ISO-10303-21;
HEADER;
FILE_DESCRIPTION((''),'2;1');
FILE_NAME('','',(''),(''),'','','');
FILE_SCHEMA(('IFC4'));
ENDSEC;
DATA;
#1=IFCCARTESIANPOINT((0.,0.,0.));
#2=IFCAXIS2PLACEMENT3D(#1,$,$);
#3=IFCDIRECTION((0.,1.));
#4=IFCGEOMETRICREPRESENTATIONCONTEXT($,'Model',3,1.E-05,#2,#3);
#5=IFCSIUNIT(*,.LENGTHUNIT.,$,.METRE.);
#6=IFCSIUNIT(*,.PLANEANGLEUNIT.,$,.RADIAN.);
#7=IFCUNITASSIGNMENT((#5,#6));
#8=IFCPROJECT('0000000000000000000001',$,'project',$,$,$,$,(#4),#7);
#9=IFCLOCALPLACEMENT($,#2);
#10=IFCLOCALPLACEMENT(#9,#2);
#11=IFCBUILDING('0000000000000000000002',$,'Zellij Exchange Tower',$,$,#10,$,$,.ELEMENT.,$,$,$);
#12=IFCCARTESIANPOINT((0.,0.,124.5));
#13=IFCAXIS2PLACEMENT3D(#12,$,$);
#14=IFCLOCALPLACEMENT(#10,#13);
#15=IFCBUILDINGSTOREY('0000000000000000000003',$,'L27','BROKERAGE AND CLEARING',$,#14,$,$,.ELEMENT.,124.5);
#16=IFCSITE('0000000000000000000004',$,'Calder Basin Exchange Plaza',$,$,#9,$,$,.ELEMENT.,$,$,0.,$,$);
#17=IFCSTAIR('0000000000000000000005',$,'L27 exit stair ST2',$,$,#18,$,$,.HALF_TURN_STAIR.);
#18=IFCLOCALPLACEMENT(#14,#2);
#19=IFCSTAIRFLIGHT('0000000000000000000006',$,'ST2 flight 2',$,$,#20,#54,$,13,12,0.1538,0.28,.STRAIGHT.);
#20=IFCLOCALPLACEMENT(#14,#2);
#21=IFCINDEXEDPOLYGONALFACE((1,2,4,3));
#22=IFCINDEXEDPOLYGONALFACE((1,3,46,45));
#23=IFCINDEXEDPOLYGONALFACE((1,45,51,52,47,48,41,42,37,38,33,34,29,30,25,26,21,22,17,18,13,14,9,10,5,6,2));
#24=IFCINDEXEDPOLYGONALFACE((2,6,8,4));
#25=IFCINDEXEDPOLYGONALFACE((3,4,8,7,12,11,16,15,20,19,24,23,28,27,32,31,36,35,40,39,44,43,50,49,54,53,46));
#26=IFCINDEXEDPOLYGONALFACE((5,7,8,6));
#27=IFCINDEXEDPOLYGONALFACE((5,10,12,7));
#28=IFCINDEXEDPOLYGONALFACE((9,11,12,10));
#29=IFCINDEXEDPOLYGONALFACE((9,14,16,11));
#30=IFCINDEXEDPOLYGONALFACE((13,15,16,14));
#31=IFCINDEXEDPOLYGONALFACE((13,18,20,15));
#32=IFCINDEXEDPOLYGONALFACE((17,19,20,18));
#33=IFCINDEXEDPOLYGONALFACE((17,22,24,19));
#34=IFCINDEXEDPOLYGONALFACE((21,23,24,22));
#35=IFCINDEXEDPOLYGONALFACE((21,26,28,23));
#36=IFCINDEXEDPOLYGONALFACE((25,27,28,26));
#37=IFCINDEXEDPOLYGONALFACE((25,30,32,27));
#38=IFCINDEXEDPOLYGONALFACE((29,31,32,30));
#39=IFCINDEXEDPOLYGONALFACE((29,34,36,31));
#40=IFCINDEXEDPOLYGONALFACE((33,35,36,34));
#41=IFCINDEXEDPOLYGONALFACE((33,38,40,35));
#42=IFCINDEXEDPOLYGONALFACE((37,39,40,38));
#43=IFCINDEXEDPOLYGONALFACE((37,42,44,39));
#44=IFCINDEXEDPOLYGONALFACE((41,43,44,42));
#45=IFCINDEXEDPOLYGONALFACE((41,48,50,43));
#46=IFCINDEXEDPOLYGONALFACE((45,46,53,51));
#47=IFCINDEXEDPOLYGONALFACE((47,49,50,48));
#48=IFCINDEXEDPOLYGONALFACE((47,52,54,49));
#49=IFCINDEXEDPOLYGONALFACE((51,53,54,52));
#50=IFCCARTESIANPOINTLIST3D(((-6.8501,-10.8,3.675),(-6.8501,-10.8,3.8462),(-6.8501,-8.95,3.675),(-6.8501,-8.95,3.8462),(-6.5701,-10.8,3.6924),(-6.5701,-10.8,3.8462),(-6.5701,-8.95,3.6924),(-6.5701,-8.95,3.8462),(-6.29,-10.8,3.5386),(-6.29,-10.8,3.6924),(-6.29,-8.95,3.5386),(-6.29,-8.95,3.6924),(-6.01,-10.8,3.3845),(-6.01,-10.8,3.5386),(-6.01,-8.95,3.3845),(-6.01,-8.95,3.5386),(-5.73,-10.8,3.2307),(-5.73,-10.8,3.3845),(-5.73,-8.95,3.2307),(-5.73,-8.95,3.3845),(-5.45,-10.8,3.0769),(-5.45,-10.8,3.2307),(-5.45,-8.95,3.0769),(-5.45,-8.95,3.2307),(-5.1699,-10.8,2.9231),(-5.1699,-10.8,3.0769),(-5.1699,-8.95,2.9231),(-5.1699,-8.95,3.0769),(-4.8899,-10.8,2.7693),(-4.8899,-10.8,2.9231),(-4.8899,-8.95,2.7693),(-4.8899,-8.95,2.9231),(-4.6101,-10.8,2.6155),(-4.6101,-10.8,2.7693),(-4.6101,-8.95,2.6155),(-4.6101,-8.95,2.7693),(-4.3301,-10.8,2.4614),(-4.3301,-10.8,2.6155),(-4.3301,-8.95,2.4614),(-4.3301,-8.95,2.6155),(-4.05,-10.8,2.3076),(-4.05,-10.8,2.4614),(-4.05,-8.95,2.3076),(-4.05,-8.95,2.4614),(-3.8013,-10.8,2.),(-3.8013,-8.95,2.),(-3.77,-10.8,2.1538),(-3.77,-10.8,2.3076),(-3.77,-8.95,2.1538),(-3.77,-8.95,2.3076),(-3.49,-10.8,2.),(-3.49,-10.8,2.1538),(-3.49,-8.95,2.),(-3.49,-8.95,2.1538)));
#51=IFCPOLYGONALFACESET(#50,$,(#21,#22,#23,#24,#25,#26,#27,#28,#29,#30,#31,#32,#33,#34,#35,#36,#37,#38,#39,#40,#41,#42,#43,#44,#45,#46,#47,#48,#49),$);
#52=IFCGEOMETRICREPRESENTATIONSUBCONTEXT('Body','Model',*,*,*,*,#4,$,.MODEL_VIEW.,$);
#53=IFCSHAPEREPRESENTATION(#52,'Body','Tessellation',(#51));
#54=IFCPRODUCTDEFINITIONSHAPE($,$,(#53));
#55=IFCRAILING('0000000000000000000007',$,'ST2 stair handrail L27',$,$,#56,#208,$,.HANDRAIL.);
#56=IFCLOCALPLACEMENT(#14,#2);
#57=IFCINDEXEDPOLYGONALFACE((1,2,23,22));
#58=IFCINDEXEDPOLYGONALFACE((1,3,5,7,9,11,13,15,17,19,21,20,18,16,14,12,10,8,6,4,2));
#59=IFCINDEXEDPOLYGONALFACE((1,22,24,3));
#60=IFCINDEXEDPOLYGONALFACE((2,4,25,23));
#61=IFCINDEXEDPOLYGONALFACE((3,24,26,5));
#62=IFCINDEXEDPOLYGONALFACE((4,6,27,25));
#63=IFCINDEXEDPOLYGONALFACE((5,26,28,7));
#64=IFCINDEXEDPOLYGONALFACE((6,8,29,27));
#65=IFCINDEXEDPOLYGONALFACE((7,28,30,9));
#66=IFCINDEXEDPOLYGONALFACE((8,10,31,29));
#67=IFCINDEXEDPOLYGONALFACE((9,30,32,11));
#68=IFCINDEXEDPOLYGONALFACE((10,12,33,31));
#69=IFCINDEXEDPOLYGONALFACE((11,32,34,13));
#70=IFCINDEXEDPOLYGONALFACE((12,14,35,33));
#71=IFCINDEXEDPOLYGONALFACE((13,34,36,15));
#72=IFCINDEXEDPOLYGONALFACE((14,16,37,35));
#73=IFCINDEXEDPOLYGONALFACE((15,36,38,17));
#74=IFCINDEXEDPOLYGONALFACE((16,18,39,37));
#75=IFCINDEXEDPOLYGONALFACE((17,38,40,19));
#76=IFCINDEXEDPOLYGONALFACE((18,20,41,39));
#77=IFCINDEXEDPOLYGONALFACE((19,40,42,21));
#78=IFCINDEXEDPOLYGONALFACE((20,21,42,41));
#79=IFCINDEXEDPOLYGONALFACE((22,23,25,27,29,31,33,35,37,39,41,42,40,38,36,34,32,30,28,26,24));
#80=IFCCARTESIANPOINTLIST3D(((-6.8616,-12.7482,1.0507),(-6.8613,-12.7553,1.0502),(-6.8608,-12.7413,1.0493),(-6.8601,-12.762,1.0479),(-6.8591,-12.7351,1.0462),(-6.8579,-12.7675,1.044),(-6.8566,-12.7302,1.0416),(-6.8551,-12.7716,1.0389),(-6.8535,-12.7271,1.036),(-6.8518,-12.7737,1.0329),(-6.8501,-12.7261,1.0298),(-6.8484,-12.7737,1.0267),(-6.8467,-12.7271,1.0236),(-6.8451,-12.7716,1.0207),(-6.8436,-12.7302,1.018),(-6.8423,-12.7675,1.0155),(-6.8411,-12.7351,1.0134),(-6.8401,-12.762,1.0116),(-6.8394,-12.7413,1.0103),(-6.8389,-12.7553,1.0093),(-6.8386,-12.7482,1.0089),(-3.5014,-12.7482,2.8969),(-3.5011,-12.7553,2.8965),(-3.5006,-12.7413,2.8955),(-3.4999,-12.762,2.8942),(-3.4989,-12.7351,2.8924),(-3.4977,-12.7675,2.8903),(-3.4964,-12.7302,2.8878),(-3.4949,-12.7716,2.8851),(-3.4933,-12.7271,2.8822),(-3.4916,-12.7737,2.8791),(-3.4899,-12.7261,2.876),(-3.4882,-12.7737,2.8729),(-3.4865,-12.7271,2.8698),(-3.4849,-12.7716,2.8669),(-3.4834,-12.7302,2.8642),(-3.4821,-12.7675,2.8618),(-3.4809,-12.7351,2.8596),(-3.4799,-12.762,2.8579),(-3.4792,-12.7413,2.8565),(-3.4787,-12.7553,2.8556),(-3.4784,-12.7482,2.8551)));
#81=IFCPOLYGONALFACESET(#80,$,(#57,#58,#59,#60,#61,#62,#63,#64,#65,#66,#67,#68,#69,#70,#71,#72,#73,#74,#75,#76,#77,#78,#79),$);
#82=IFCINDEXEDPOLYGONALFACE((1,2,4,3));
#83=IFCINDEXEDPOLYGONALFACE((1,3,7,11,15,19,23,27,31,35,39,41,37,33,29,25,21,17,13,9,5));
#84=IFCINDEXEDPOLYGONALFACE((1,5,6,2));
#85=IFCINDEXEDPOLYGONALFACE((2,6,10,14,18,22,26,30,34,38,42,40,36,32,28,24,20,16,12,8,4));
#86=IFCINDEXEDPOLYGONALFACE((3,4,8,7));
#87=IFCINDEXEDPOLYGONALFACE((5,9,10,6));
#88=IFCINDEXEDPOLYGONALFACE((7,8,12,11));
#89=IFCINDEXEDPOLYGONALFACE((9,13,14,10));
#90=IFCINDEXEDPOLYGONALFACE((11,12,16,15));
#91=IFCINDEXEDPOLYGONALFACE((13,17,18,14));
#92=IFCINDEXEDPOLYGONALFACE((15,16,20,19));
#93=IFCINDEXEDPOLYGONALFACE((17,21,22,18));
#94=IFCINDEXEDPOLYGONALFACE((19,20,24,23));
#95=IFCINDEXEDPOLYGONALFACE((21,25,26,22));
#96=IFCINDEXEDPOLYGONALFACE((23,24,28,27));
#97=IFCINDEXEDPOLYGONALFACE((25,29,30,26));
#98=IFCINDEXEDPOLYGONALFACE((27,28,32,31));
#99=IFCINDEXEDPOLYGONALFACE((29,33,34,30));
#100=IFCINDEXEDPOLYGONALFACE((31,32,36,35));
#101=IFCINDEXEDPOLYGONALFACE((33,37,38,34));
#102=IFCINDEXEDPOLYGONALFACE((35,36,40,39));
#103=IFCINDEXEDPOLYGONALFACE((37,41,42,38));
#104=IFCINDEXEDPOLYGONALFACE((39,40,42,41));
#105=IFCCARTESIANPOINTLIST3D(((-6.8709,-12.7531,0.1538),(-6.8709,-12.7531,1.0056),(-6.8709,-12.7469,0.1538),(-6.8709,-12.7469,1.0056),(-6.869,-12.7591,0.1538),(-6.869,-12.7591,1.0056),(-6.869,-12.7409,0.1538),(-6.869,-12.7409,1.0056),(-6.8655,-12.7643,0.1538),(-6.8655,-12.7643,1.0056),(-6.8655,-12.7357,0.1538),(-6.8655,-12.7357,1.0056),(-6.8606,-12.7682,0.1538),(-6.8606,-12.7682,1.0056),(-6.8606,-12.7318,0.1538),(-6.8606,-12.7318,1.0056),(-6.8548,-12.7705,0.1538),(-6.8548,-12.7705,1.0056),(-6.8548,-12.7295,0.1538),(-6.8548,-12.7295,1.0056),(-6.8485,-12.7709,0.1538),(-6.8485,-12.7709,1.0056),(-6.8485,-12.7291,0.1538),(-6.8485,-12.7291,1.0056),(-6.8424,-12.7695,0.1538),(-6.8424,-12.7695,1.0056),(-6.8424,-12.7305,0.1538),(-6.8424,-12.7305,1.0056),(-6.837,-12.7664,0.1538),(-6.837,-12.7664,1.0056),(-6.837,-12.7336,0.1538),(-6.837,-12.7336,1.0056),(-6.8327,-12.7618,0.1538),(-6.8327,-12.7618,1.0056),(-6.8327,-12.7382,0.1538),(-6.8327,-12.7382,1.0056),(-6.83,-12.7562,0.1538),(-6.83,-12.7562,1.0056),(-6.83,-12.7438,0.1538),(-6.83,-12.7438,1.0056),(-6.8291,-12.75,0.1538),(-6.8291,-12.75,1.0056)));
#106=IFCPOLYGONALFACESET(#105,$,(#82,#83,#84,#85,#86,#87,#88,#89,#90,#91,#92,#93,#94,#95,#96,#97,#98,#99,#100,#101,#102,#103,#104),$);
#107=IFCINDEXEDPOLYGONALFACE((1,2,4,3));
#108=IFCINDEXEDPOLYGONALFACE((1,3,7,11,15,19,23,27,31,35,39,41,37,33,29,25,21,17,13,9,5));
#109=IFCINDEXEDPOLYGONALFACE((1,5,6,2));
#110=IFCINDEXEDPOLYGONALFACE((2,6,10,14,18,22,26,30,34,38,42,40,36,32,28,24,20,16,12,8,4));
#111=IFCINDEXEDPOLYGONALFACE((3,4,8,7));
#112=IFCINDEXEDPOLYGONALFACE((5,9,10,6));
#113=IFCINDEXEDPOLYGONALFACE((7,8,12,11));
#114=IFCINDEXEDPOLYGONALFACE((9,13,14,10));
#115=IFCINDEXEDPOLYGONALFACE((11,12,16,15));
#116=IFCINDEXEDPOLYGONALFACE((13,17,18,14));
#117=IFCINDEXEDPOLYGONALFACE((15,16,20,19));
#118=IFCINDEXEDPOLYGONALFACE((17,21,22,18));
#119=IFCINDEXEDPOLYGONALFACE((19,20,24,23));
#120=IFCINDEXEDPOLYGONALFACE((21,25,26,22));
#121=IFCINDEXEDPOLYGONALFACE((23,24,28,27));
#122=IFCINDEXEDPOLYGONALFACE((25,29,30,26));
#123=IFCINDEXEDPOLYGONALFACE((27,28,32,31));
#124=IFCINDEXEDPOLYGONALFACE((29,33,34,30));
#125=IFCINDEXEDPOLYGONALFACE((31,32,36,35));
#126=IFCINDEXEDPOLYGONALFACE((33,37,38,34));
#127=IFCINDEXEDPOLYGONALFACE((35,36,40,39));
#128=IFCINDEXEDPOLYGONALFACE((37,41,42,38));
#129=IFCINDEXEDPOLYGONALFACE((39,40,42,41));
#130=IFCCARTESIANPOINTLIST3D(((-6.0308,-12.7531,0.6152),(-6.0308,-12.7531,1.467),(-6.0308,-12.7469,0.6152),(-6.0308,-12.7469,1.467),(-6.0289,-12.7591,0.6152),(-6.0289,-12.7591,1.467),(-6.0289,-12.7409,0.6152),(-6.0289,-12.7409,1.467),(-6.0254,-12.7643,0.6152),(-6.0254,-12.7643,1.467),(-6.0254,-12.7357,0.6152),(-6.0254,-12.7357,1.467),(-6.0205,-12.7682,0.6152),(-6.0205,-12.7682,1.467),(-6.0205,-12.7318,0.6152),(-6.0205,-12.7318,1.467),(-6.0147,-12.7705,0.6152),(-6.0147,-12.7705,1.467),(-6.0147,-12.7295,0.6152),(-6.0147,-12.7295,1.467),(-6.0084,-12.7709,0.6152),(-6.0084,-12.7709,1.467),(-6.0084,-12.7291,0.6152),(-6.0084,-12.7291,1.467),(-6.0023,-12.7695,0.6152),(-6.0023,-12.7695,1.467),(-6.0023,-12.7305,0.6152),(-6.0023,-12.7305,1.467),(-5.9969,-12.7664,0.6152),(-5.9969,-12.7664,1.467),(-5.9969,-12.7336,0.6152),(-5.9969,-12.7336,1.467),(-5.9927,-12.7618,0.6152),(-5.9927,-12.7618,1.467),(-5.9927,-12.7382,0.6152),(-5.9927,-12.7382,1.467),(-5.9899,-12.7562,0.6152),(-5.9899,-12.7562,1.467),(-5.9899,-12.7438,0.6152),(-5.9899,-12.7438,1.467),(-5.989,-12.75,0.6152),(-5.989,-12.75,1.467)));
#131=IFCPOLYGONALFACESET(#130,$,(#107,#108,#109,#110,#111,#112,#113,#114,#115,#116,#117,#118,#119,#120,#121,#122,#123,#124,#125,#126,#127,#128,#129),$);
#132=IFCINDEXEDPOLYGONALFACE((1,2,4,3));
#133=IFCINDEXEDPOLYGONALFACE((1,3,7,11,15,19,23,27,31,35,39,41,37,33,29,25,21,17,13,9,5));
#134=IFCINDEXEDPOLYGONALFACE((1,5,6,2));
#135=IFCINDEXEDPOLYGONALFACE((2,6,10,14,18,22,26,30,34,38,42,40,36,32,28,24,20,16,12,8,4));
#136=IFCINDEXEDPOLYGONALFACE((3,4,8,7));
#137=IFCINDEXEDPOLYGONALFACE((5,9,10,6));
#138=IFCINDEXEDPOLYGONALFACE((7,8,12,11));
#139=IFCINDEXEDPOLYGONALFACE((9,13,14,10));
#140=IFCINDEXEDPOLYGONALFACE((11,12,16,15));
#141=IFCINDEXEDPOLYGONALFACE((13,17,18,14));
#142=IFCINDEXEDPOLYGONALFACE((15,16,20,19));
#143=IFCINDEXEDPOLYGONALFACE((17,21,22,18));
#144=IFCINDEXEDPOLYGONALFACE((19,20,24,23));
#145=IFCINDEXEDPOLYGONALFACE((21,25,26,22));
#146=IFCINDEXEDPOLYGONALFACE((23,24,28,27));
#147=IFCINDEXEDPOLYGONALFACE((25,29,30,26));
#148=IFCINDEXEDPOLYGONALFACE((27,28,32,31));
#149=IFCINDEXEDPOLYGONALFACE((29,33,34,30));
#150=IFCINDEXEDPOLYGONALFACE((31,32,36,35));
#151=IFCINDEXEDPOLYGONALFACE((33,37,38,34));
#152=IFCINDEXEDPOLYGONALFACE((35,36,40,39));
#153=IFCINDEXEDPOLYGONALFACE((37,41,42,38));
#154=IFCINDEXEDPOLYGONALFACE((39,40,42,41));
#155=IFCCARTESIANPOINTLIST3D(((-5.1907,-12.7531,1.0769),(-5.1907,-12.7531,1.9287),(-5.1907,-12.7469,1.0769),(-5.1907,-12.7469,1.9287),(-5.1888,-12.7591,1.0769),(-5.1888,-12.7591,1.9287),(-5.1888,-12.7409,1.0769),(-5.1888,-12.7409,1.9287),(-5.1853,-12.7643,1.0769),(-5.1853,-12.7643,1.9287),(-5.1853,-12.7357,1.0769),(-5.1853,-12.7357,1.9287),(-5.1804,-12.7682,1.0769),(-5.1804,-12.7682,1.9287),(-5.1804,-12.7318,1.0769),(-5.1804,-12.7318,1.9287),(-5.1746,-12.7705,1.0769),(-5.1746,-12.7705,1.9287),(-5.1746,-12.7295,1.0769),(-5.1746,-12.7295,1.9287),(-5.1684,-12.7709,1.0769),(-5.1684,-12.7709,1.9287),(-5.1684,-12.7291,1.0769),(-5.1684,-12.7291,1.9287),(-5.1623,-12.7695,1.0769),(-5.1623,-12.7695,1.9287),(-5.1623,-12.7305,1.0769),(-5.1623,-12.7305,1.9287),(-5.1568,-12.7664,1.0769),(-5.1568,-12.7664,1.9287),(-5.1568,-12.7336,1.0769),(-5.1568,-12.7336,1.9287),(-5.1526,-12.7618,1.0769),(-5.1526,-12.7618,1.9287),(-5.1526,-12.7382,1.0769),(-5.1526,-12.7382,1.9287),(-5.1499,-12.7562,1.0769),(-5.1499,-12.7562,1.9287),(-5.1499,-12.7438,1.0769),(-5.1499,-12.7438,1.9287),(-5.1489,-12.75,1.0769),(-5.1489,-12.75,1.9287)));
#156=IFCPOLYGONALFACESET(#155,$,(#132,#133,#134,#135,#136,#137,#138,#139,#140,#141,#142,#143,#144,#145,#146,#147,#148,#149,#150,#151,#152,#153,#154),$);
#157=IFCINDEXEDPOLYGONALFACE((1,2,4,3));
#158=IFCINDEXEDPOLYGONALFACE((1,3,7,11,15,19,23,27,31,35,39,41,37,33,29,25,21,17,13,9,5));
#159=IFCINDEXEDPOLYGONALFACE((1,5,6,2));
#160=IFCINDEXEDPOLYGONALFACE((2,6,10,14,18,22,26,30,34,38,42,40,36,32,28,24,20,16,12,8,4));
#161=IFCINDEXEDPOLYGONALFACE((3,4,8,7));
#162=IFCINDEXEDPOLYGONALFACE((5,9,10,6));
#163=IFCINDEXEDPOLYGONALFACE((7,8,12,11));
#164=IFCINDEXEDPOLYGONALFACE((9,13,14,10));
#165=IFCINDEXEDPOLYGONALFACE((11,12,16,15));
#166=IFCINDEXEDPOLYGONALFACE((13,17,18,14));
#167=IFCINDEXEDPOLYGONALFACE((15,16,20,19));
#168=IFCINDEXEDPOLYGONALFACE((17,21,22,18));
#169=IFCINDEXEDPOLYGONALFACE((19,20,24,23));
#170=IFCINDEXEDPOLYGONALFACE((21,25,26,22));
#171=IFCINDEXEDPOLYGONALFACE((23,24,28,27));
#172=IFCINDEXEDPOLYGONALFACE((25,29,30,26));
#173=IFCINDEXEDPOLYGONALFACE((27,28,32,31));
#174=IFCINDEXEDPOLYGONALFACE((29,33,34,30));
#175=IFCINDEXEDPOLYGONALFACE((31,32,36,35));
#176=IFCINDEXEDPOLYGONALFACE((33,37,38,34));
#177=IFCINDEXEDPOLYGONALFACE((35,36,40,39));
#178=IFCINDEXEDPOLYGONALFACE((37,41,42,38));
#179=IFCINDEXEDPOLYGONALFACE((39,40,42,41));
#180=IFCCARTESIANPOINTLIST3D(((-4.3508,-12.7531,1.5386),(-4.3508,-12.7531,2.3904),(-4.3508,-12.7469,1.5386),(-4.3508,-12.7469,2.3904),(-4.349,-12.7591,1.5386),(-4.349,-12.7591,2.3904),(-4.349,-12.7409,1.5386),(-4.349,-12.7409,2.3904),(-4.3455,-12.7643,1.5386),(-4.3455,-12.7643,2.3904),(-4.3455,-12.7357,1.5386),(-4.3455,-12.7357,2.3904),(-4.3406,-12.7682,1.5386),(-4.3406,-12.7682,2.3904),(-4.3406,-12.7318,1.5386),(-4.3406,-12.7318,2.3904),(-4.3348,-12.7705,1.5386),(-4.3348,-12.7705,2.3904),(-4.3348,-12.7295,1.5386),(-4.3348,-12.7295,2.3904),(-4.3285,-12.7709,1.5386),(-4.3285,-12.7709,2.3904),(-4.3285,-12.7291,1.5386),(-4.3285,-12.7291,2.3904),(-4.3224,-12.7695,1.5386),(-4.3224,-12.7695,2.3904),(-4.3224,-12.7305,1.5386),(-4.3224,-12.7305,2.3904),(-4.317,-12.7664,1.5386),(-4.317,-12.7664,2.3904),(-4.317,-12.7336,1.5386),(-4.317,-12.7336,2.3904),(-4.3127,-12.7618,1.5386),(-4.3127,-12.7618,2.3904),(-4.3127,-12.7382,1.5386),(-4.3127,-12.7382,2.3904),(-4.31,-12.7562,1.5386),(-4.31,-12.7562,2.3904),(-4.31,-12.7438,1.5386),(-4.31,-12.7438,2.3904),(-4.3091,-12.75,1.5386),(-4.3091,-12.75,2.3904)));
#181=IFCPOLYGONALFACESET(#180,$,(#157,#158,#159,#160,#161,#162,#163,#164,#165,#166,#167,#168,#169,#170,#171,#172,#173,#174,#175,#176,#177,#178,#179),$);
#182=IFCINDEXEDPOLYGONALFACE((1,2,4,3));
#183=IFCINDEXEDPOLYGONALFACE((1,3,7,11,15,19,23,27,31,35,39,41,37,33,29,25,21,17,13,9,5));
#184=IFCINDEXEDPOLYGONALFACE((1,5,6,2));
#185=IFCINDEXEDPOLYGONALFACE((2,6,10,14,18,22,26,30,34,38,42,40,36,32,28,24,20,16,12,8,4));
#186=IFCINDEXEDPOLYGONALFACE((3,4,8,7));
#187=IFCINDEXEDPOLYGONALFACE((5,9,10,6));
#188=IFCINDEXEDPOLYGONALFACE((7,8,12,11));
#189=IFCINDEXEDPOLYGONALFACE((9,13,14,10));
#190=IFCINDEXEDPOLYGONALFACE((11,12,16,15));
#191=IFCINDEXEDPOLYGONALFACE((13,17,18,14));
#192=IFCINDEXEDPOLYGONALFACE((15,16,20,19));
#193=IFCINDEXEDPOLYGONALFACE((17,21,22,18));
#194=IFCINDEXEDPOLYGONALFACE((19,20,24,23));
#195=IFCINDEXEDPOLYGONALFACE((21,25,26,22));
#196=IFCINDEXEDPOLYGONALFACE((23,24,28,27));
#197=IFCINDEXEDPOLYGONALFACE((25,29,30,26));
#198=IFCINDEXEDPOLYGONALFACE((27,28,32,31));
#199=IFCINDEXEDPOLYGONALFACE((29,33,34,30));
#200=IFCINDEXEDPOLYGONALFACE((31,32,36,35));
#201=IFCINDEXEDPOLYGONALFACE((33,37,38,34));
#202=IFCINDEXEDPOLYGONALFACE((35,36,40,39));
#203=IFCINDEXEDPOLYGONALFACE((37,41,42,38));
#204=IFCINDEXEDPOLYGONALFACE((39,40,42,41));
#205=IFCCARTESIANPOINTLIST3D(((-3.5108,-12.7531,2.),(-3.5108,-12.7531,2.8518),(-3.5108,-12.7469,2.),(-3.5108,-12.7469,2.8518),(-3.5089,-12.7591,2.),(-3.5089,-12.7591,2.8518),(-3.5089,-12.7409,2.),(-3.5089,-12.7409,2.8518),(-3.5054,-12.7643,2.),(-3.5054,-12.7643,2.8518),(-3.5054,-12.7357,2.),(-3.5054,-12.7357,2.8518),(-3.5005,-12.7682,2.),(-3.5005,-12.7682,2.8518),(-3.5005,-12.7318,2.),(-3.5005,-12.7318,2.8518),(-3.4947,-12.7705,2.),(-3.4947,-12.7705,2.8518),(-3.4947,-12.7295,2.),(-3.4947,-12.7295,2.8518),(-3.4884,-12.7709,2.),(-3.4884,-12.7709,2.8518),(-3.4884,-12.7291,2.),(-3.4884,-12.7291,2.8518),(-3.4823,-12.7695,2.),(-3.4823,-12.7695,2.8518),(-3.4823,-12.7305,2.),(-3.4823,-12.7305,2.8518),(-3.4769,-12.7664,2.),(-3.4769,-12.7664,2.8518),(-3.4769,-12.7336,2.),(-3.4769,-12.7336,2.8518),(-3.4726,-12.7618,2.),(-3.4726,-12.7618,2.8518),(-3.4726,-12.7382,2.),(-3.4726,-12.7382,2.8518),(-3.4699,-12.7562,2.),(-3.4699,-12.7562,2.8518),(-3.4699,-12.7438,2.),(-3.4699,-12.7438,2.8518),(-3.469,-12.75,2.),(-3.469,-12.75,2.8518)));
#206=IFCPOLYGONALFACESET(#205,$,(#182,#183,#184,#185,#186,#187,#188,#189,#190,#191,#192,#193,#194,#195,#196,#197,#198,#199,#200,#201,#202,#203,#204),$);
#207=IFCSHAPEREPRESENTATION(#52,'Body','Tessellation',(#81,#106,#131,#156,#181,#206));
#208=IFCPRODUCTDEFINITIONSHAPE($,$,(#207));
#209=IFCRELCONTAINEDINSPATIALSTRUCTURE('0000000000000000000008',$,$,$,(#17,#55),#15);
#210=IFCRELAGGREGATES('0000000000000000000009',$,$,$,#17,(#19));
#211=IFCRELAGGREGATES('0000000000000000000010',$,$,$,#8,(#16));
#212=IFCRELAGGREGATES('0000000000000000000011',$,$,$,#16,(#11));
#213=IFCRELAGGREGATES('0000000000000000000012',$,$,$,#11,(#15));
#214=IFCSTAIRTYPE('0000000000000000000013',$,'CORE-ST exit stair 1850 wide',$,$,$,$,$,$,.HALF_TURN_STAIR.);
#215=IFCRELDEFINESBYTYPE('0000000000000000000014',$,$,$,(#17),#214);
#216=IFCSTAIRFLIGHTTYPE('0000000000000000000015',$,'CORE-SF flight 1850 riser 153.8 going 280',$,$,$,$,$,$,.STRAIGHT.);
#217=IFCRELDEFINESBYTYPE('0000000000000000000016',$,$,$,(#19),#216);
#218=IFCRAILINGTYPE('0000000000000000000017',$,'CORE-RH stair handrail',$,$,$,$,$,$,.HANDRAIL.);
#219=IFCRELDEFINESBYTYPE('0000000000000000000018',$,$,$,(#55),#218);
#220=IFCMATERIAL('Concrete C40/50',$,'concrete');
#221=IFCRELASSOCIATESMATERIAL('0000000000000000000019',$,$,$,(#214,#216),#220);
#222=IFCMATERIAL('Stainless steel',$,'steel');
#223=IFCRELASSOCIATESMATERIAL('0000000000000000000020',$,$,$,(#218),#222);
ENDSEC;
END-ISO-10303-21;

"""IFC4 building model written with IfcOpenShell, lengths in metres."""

from ifc_helpers import new_model, si_unit, direction, frame, origin, origin_2d, place, context, subcontext, project, spatial, polyline, circle, outline, extrude, material, type_object, element, aggregate, save


model = new_model("IFC4")

# Units and contexts
model_context = context("Model", 3, precision=1e-05, world=origin(), true_north=direction((0.0, 1.0)))
body_context = subcontext(model_context, "Body", "Model", "MODEL_VIEW")
ifc_project = project(units=[si_unit("LENGTHUNIT", "METRE"), si_unit("PLANEANGLEUNIT", "RADIAN")], contexts=[model_context])

# Site, building, storey
site_placement = place(None, origin())
site = spatial("IfcSite", under=ifc_project, at=site_placement, Name="Calder Basin Exchange Plaza", CompositionType="ELEMENT", RefElevation=0.0)
building_placement = place(site_placement, origin())
building = spatial("IfcBuilding", under=site, at=building_placement, Name="Zellij Exchange Tower", CompositionType="ELEMENT")
storey_placement = place(building_placement, frame((0.0, 0.0, 124.5)))
storey = spatial("IfcBuildingStorey", under=building, at=storey_placement, Name="L27", Description="BROKERAGE AND CLEARING", CompositionType="ELEMENT", Elevation=124.5)

# Stair, stair flight
ifc_material_1 = material(Name="Concrete C40/50", Category="concrete")
stair_type = type_object("IfcStairType", Name="CORE-ST exit stair 1850 wide", PredefinedType="HALF_TURN_STAIR", material=ifc_material_1)
stair_placement = place(storey_placement, origin())
stair = element("IfcStair", 1, at=stair_placement, inside=storey, type_object=stair_type, Name="L27 exit stair ST2", PredefinedType="HALF_TURN_STAIR")
stair_flight_type = type_object("IfcStairFlightType", Name="CORE-SF flight 1850 riser 153.8 going 280", PredefinedType="STRAIGHT", material=ifc_material_1)
stair_flight_1_placement = place(storey_placement, frame((-3.49, -9.875, 2.0), z_axis=(0.0, 0.0, 1.0), x_axis=(-1.0, 0.0, 0.0)))
stair_flight_1 = element("IfcStairFlight", 2, at=stair_flight_1_placement, type_object=stair_flight_type, Name="ST2 flight 2", NumberOfRisers=13, NumberOfTreads=12, PredefinedType="STRAIGHT", RiserHeight=0.1538, TreadLength=0.28, context=body_context, shape_type="SweptSolid", body=[
    extrude(outline(polyline([(0.0, 0.0), (0.0, 0.1538), (0.28, 0.1538), (0.28, 0.3076), (0.5601, 0.3076), (0.5601, 0.4614), (0.8401, 0.4614), (0.8401, 0.6155), (1.1201, 0.6155), (1.1201, 0.7693), (1.3999, 0.7693), (1.3999, 0.9231), (1.6799, 0.9231), (1.6799, 1.0769), (1.96, 1.0769), (1.96, 1.2307), (2.24, 1.2307), (2.24, 1.3845), (2.52, 1.3845), (2.52, 1.5386), (2.8, 1.5386), (2.8, 1.6924), (3.0801, 1.6924), (3.0801, 1.8462), (3.3601, 1.8462), (3.3601, 2.0), (3.3601, 1.675), (0.3113, 0.0), (0.0, 0.0)])), frame((0.0, 0.925, 0.0), z_axis=(0.0, -1.0, 0.0), x_axis=(1.0, 0.0, 0.0)), (0.0, 0.0, 1.0), 1.8501),
])
aggregate(stair, [stair_flight_1])

# Railing
ifc_material_2 = material(Name="Stainless steel", Category="steel")
railing_type_1 = type_object("IfcRailingType", Name="CORE-RH stair handrail", PredefinedType="HANDRAIL", material=ifc_material_2)
railing_1_placement = place(storey_placement, frame((-6.8501, -12.75, 0.1538)))
element("IfcRailing", 3, at=railing_1_placement, inside=storey, type_object=railing_type_1, Name="ST2 stair handrail L27", PredefinedType="HANDRAIL", context=body_context, shape_type="SweptSolid", body=[
    extrude(circle(Radius=0.0239, at=origin_2d()), frame((0.0, 0.0, 0.876), z_axis=(0.876422, 0.0, 0.481545), x_axis=(0.0, 1.0, 0.0)), (0.0, 0.0, 1.0), 3.834),
    extrude(circle(Radius=0.021, at=origin_2d()), origin(), (0.0, 0.0, 1.0), 0.8518),
    extrude(circle(Radius=0.021, at=origin_2d()), frame((0.8401, 0.0, 0.4614)), (0.0, 0.0, 1.0), 0.8518),
    extrude(circle(Radius=0.021, at=origin_2d()), frame((1.6802, 0.0, 0.9231)), (0.0, 0.0, 1.0), 0.8518),
    extrude(circle(Radius=0.021, at=origin_2d()), frame((2.52, 0.0, 1.3848)), (0.0, 0.0, 1.0), 0.8518),
    extrude(circle(Radius=0.021, at=origin_2d()), frame((3.3601, 0.0, 1.8462)), (0.0, 0.0, 1.0), 0.8518),
])

save(model, "model.ifc")
